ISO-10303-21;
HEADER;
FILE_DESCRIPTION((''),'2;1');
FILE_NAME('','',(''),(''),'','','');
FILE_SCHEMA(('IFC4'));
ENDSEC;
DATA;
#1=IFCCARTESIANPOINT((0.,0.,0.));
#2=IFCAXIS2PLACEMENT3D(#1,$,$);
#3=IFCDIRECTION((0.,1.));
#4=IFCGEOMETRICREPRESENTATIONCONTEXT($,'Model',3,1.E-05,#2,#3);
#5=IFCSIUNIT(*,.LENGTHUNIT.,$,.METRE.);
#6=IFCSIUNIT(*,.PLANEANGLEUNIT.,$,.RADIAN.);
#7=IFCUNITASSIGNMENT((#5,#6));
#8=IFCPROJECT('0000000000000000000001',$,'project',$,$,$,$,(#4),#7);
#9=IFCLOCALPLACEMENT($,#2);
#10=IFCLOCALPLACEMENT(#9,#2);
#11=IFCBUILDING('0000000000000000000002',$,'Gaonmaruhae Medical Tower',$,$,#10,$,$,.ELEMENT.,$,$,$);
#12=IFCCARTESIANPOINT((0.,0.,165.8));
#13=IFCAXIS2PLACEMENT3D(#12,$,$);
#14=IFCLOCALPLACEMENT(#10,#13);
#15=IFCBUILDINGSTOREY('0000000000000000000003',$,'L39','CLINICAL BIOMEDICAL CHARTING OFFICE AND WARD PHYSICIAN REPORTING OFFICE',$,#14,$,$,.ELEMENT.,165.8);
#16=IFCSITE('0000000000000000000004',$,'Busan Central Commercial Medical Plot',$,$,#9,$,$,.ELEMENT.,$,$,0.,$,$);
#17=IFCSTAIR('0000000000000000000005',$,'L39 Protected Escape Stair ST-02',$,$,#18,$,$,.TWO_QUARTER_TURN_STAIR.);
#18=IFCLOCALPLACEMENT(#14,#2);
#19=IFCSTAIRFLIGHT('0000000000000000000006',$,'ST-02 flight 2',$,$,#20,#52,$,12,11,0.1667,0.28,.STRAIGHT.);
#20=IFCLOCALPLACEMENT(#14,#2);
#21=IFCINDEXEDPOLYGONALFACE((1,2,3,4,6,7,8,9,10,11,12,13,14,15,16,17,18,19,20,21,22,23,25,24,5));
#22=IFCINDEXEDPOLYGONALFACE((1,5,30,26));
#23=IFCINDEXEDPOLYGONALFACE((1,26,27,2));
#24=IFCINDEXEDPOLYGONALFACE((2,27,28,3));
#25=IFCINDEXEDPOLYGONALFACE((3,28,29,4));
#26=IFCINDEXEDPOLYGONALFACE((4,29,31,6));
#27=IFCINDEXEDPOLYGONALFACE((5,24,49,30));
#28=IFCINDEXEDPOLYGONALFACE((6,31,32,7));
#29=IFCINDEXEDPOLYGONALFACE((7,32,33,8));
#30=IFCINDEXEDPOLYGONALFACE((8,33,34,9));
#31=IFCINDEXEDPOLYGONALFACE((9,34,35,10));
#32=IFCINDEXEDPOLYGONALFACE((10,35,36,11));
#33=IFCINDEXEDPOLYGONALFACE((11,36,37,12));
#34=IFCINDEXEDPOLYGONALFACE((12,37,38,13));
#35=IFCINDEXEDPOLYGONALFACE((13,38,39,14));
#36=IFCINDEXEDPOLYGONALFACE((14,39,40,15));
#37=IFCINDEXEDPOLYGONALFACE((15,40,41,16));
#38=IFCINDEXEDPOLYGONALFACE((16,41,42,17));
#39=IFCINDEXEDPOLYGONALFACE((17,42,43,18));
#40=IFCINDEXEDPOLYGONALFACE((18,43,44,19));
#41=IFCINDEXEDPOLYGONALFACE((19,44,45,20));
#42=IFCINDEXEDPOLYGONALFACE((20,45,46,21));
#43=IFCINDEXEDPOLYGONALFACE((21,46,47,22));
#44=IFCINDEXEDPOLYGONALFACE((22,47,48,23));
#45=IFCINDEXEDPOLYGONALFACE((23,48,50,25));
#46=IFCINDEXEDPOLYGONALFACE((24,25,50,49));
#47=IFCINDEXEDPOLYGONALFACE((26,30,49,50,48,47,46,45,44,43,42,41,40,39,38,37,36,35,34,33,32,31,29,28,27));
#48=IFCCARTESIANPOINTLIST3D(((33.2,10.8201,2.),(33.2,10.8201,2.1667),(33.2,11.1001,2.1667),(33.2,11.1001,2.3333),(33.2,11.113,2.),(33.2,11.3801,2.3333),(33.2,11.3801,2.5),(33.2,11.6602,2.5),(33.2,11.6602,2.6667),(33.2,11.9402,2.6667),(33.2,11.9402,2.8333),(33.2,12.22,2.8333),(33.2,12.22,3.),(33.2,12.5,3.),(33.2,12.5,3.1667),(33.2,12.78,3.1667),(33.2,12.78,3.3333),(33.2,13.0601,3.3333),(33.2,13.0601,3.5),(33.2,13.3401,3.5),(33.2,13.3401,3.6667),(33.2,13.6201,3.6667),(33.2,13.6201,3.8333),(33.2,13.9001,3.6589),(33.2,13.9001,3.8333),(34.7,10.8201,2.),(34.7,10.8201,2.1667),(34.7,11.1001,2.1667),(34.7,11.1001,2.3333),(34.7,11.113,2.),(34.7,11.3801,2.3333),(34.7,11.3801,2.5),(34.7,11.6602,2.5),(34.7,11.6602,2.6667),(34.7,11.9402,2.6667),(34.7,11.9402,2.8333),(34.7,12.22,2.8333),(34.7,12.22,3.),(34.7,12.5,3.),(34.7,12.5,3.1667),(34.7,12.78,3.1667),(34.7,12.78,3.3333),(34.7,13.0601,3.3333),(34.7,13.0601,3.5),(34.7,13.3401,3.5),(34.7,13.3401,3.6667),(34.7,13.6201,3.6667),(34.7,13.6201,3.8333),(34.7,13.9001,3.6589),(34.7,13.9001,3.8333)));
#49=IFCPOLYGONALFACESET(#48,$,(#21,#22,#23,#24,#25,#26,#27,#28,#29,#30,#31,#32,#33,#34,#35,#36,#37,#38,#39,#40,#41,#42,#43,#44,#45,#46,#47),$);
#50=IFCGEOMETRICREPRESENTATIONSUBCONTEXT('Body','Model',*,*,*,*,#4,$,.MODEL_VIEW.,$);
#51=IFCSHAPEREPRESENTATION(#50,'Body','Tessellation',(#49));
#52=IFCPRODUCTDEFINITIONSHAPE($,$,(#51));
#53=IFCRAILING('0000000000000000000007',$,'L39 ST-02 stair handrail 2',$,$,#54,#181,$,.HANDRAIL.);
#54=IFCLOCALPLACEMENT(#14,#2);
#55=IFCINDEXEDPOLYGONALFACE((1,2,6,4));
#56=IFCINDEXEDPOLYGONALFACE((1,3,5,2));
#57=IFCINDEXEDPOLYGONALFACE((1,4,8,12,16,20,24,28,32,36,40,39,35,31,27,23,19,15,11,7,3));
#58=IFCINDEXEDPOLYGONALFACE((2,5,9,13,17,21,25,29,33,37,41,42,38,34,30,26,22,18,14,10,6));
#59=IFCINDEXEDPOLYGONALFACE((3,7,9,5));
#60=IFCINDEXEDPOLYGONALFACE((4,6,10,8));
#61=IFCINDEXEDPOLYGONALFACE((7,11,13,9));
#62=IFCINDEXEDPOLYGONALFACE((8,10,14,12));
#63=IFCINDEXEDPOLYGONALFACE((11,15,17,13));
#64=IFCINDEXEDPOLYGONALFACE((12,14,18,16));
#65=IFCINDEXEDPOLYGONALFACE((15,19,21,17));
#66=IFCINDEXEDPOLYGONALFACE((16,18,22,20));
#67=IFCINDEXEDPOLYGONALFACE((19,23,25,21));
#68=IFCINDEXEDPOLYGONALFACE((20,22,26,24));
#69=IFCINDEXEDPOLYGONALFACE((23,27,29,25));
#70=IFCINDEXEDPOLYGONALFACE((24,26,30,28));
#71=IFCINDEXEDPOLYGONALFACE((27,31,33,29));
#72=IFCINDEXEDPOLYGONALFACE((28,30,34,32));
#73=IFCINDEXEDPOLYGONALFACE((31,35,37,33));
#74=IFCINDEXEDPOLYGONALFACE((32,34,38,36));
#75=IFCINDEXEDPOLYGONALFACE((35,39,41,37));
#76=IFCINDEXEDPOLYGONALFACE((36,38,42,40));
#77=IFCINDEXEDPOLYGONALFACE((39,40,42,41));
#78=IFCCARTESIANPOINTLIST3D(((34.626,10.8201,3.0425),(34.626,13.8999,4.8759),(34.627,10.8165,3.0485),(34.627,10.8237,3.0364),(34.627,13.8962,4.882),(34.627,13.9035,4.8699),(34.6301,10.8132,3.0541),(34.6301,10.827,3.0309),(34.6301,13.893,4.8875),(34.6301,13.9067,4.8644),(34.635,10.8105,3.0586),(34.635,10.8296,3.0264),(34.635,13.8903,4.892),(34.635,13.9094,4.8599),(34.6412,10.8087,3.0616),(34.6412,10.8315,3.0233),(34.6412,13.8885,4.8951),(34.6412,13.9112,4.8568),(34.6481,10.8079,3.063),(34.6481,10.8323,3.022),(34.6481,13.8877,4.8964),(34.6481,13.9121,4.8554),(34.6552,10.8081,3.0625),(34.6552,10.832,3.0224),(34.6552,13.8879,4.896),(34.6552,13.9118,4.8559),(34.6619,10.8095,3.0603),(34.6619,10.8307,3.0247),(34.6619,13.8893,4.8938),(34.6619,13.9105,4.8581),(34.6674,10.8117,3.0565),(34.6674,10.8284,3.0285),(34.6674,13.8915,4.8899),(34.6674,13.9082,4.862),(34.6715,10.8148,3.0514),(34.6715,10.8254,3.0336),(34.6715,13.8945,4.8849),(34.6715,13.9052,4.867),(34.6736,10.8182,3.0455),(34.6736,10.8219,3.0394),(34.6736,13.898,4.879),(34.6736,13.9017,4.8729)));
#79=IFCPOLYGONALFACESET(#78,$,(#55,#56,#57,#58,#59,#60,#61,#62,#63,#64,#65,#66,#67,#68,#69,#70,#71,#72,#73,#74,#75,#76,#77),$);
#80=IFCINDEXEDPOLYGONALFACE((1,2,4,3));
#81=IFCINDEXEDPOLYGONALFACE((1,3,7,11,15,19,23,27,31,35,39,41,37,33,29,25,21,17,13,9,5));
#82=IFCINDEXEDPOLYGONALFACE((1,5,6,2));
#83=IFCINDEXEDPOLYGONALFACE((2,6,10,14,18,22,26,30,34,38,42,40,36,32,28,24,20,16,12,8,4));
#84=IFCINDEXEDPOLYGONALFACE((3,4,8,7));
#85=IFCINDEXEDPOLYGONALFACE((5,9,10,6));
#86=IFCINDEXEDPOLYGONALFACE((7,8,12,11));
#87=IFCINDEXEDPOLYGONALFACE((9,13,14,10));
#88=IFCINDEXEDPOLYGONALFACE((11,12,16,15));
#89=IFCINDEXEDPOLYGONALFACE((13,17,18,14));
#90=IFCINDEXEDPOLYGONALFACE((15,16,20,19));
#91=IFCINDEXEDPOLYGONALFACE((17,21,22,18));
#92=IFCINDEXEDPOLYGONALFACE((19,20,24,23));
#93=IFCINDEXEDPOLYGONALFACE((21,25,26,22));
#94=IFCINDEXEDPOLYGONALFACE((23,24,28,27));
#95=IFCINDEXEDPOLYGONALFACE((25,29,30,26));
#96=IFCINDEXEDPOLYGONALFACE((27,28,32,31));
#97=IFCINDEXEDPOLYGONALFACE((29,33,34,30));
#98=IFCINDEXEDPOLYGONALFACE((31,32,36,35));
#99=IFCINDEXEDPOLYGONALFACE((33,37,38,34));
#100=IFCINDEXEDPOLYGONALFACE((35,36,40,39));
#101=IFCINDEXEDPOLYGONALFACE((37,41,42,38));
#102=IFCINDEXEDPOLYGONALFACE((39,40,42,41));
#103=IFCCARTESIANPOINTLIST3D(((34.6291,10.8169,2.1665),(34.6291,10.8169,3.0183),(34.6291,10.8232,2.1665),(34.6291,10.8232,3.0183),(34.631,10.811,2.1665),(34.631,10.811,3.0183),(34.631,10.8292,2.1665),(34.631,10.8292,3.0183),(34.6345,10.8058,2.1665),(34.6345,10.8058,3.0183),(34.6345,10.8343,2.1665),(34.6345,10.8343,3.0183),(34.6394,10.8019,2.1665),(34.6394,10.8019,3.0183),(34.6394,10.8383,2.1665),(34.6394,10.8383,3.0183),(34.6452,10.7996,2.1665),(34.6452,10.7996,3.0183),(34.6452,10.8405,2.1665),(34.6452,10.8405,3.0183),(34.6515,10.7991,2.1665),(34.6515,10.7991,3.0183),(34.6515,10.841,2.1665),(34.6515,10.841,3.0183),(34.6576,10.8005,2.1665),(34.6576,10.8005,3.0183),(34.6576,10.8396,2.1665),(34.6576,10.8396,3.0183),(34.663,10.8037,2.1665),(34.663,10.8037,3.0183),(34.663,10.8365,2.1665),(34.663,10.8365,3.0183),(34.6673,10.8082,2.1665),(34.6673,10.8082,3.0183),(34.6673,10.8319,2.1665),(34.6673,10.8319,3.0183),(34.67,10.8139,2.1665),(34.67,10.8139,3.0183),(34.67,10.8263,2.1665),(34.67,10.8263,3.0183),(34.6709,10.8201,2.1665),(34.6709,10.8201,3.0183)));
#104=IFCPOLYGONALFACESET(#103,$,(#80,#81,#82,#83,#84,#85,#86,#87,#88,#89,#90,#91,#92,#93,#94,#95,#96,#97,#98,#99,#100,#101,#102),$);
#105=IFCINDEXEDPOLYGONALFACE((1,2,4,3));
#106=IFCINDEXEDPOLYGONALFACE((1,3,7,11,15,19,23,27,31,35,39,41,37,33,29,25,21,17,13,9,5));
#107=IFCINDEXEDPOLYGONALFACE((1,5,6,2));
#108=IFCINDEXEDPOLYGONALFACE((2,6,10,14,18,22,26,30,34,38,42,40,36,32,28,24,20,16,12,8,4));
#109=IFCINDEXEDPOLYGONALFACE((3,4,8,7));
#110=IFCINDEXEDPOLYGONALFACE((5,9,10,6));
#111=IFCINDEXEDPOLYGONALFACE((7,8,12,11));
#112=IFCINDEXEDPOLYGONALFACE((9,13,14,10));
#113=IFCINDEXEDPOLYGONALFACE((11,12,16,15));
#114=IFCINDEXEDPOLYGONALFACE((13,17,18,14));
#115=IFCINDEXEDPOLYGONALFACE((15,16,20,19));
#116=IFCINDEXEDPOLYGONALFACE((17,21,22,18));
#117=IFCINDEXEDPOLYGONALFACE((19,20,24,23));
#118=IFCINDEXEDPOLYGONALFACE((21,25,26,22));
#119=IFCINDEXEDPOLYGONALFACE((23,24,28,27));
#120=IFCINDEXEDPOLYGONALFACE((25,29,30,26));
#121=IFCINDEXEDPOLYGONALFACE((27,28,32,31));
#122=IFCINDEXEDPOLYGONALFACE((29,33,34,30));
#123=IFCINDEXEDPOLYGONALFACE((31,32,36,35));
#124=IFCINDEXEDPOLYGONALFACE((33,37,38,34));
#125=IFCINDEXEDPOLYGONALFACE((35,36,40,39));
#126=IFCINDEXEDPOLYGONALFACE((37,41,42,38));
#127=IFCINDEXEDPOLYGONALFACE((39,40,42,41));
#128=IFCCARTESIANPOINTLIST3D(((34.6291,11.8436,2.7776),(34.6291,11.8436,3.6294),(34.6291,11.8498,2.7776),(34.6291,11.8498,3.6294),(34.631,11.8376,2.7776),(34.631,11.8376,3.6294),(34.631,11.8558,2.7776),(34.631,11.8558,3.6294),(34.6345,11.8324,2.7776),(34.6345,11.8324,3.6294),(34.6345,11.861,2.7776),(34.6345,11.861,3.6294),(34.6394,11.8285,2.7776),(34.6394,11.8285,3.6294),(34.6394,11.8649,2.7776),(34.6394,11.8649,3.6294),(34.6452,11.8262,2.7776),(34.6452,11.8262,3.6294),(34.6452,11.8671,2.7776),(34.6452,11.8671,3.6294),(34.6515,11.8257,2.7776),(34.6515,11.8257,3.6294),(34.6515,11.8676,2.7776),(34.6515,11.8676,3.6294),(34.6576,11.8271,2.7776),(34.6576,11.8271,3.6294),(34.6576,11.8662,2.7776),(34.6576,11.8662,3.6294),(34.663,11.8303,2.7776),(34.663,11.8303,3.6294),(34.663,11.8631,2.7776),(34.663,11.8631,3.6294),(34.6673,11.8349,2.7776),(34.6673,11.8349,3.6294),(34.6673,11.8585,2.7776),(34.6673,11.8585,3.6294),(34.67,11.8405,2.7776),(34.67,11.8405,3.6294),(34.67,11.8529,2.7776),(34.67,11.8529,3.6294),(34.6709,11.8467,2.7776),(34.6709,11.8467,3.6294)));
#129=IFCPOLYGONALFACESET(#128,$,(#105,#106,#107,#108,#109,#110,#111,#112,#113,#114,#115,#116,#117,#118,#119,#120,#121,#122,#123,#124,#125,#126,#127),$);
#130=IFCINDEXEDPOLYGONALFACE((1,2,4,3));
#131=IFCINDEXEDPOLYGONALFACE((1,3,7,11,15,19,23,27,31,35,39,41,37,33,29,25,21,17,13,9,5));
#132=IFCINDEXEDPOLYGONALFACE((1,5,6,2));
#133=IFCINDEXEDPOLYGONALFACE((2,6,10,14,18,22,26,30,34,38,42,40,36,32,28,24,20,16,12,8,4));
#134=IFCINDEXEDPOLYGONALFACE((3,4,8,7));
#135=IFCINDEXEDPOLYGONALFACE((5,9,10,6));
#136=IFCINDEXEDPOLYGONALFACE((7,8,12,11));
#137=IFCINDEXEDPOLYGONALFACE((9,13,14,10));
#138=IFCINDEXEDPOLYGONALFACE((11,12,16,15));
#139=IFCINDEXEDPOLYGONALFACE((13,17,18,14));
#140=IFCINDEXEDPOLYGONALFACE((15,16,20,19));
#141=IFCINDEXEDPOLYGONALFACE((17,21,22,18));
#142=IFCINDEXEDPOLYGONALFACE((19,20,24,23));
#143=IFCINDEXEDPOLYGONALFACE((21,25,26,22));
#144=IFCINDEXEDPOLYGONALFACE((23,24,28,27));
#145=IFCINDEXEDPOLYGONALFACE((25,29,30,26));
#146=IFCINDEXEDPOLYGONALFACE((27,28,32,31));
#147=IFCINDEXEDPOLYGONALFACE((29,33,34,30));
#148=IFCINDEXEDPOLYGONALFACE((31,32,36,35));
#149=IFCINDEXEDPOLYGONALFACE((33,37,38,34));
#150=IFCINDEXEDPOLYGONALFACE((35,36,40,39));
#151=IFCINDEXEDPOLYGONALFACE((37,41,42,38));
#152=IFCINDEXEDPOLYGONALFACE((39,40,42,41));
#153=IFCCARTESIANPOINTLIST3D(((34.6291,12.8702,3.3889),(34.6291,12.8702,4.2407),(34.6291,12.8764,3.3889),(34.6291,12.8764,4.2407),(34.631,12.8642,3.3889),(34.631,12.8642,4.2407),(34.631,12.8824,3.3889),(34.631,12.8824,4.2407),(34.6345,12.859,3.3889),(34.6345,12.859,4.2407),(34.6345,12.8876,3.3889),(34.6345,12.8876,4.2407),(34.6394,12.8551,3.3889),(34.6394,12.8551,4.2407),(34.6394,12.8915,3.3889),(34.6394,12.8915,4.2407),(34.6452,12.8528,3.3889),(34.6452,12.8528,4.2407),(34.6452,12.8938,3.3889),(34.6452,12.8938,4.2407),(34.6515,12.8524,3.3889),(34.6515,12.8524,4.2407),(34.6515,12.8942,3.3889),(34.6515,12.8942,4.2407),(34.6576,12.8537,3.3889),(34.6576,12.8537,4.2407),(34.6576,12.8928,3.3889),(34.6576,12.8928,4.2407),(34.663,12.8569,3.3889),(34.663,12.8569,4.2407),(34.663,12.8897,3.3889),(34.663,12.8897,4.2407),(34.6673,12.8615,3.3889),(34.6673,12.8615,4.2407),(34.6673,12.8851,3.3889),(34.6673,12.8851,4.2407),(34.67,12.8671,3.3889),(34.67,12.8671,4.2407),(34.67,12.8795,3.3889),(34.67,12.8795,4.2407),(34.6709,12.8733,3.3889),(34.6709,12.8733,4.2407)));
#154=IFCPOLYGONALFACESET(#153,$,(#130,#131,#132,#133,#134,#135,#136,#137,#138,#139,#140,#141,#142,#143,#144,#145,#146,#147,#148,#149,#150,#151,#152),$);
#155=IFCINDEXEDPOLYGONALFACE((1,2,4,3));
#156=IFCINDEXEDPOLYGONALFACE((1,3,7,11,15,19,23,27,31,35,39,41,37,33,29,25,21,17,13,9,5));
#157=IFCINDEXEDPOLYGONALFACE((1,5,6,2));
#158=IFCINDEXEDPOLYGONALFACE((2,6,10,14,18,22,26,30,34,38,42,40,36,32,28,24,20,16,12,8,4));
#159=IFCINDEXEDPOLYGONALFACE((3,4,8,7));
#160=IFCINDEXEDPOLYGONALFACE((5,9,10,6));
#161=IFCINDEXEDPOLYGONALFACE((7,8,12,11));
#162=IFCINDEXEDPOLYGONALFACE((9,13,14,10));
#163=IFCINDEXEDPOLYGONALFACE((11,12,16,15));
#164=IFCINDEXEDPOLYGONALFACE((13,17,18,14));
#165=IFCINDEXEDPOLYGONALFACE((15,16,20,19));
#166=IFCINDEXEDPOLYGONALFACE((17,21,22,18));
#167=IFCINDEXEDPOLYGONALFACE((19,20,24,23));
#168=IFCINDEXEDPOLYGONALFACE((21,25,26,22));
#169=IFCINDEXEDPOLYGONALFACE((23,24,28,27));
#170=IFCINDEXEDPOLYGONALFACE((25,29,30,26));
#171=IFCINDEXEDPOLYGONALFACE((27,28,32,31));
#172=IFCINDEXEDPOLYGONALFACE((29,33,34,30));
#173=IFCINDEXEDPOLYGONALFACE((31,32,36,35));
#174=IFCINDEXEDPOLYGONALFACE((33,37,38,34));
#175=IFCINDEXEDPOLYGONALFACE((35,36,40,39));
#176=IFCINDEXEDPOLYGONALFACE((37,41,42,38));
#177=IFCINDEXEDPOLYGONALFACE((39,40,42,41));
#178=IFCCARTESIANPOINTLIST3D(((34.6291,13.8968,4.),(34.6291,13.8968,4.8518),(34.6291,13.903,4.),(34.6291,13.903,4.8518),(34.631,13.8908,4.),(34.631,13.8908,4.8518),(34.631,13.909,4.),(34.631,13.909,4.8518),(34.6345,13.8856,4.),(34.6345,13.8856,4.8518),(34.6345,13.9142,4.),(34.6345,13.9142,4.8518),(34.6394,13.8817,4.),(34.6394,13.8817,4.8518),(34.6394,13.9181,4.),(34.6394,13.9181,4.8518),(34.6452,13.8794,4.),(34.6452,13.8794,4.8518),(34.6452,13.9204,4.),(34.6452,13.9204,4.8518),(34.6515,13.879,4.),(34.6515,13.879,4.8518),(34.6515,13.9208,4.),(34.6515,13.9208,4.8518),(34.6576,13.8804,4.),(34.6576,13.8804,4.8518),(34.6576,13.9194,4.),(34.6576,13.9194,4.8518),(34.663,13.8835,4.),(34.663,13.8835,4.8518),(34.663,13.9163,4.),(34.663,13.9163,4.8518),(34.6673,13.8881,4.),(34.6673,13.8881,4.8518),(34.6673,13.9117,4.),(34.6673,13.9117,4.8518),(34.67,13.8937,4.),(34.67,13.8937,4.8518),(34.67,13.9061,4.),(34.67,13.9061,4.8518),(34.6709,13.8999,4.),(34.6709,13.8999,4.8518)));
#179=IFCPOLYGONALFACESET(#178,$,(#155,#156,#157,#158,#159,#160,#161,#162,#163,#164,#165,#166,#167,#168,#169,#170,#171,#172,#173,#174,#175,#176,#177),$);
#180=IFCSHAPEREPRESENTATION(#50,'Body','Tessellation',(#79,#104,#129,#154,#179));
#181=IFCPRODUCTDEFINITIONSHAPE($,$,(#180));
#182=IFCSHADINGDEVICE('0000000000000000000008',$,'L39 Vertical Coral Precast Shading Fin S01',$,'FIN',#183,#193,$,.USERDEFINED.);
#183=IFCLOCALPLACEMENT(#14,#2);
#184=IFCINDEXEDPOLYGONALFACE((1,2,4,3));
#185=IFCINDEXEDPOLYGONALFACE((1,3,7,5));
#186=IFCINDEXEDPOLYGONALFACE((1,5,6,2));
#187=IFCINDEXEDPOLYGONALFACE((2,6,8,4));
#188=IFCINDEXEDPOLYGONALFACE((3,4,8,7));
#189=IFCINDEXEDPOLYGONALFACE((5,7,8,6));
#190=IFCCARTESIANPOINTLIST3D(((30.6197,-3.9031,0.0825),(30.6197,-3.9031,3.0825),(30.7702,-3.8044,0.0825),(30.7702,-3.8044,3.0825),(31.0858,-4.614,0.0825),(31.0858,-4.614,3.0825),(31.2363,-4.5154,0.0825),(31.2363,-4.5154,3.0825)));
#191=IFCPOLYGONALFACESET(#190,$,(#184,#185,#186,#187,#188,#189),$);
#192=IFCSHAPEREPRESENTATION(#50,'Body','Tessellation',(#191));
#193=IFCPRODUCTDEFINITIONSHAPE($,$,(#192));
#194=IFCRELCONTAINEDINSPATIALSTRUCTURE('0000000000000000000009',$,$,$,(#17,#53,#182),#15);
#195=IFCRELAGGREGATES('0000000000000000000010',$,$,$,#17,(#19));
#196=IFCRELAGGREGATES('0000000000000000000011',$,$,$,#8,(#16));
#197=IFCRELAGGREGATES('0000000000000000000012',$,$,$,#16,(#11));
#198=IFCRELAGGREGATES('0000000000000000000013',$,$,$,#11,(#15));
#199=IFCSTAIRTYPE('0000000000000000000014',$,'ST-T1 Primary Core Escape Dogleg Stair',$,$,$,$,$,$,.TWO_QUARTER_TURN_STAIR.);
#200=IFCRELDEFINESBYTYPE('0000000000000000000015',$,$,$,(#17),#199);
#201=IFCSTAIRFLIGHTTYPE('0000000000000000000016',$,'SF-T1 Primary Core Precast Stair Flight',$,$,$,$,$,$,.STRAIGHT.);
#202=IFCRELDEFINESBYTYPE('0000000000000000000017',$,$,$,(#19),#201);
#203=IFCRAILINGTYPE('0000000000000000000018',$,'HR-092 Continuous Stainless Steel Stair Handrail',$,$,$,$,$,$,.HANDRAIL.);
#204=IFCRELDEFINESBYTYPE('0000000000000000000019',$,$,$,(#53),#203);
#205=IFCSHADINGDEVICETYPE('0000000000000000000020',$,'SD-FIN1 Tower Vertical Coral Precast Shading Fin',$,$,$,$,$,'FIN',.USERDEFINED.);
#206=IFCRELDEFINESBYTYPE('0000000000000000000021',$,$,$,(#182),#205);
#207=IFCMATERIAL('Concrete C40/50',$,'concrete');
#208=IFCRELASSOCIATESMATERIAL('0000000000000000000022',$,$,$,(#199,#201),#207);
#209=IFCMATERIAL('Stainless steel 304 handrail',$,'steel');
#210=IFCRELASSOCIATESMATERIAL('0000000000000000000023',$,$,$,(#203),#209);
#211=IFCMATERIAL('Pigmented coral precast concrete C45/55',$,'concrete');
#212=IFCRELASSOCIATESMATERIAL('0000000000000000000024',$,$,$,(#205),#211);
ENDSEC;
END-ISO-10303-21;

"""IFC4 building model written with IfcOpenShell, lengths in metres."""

from ifc_helpers import new_model, si_unit, direction, frame, origin, origin_2d, place, context, subcontext, project, spatial, polyline, rectangle, circle, outline, extrude, material, type_object, element, aggregate, save


model = new_model("IFC4")

# Units and contexts
model_context = context("Model", 3, precision=1e-05, world=origin(), true_north=direction((0.0, 1.0)))
body_context = subcontext(model_context, "Body", "Model", "MODEL_VIEW")
ifc_project = project(units=[si_unit("LENGTHUNIT", "METRE"), si_unit("PLANEANGLEUNIT", "RADIAN")], contexts=[model_context])

# Site, building, storey
site_placement = place(None, origin())
site = spatial("IfcSite", under=ifc_project, at=site_placement, Name="Busan Central Commercial Medical Plot", CompositionType="ELEMENT", RefElevation=0.0)
building_placement = place(site_placement, origin())
building = spatial("IfcBuilding", under=site, at=building_placement, Name="Gaonmaruhae Medical Tower", CompositionType="ELEMENT")
storey_placement = place(building_placement, frame((0.0, 0.0, 165.8)))
storey = spatial("IfcBuildingStorey", under=building, at=storey_placement, Name="L39", Description="CLINICAL BIOMEDICAL CHARTING OFFICE AND WARD PHYSICIAN REPORTING OFFICE", CompositionType="ELEMENT", Elevation=165.8)

# Stair, stair flight
ifc_material_1 = material(Name="Concrete C40/50", Category="concrete")
stair_type = type_object("IfcStairType", Name="ST-T1 Primary Core Escape Dogleg Stair", PredefinedType="TWO_QUARTER_TURN_STAIR", material=ifc_material_1)
stair_placement = place(storey_placement, origin())
stair = element("IfcStair", 1, at=stair_placement, inside=storey, type_object=stair_type, Name="L39 Protected Escape Stair ST-02", PredefinedType="TWO_QUARTER_TURN_STAIR")
stair_flight_type = type_object("IfcStairFlightType", Name="SF-T1 Primary Core Precast Stair Flight", PredefinedType="STRAIGHT", material=ifc_material_1)
stair_flight_placement = place(storey_placement, frame((33.95, 10.8201, 2.0), z_axis=(0.0, 0.0, 1.0), x_axis=(0.0, 1.0, 0.0)))
stair_flight = element("IfcStairFlight", 2, at=stair_flight_placement, type_object=stair_flight_type, Name="ST-02 flight 2", NumberOfRisers=12, NumberOfTreads=11, PredefinedType="STRAIGHT", RiserHeight=0.1667, TreadLength=0.28, context=body_context, shape_type="SweptSolid", body=[
    extrude(outline(polyline([(0.0, 0.0), (0.0, 0.1667), (0.28, 0.1667), (0.28, 0.3333), (0.5601, 0.3333), (0.5601, 0.5), (0.8401, 0.5), (0.8401, 0.6667), (1.1201, 0.6667), (1.1201, 0.8333), (1.3999, 0.8333), (1.3999, 1.0), (1.6799, 1.0), (1.6799, 1.1667), (1.96, 1.1667), (1.96, 1.3333), (2.24, 1.3333), (2.24, 1.5), (2.52, 1.5), (2.52, 1.6667), (2.8, 1.6667), (2.8, 1.8333), (3.0801, 1.8333), (3.0801, 2.0), (3.0801, 1.6589), (0.293, 0.0), (0.0, 0.0)])), frame((0.0, 0.75, 0.0), z_axis=(0.0, -1.0, 0.0), x_axis=(1.0, 0.0, 0.0)), (0.0, 0.0, 1.0), 1.5),
])
aggregate(stair, [stair_flight])

# Railing
ifc_material_2 = material(Name="Stainless steel 304 handrail", Category="steel")
railing_type_1 = type_object("IfcRailingType", Name="HR-092 Continuous Stainless Steel Stair Handrail", PredefinedType="HANDRAIL", material=ifc_material_2)
railing_1_placement = place(storey_placement, frame((34.6499, 10.8201, 2.1665)))
element("IfcRailing", 3, at=railing_1_placement, inside=storey, type_object=railing_type_1, Name="L39 ST-02 stair handrail 2", PredefinedType="HANDRAIL", context=body_context, shape_type="SweptSolid", body=[
    extrude(circle(Radius=0.0239, at=origin_2d()), frame((0.0, 0.0, 0.876), z_axis=(0.0, 0.859261, 0.511538), x_axis=(-1.0, 0.0, 0.0)), (0.0, 0.0, 1.0), 3.5842),
    extrude(circle(Radius=0.021, at=origin_2d()), origin(), (0.0, 0.0, 1.0), 0.8518),
    extrude(circle(Radius=0.021, at=origin_2d()), frame((0.0, 1.0266, 0.6111)), (0.0, 0.0, 1.0), 0.8518),
    extrude(circle(Radius=0.021, at=origin_2d()), frame((0.0, 2.0532, 1.2224)), (0.0, 0.0, 1.0), 0.8518),
    extrude(circle(Radius=0.021, at=origin_2d()), frame((0.0, 3.0798, 1.8335)), (0.0, 0.0, 1.0), 0.8518),
])

# Shading device
ifc_material_3 = material(Name="Pigmented coral precast concrete C45/55", Category="concrete")
shading_device_type = type_object("IfcShadingDeviceType", Name="SD-FIN1 Tower Vertical Coral Precast Shading Fin", ElementType="FIN", PredefinedType="USERDEFINED", material=ifc_material_3)
shading_device_placement = place(storey_placement, frame((30.928, -4.2092, 0.0825), z_axis=(0.0, 0.0, 1.0), x_axis=(-0.836296, -0.548279, 0.0)))
element("IfcShadingDevice", 4, at=shading_device_placement, inside=storey, type_object=shading_device_type, Name="L39 Vertical Coral Precast Shading Fin S01", ObjectType="FIN", PredefinedType="USERDEFINED", context=body_context, shape_type="SweptSolid", body=[
    extrude(rectangle(XDim=0.1799, YDim=0.8501, at=origin_2d()), origin(), (0.0, 0.0, 1.0), 3.0),
])

save(model, "model.ifc")
